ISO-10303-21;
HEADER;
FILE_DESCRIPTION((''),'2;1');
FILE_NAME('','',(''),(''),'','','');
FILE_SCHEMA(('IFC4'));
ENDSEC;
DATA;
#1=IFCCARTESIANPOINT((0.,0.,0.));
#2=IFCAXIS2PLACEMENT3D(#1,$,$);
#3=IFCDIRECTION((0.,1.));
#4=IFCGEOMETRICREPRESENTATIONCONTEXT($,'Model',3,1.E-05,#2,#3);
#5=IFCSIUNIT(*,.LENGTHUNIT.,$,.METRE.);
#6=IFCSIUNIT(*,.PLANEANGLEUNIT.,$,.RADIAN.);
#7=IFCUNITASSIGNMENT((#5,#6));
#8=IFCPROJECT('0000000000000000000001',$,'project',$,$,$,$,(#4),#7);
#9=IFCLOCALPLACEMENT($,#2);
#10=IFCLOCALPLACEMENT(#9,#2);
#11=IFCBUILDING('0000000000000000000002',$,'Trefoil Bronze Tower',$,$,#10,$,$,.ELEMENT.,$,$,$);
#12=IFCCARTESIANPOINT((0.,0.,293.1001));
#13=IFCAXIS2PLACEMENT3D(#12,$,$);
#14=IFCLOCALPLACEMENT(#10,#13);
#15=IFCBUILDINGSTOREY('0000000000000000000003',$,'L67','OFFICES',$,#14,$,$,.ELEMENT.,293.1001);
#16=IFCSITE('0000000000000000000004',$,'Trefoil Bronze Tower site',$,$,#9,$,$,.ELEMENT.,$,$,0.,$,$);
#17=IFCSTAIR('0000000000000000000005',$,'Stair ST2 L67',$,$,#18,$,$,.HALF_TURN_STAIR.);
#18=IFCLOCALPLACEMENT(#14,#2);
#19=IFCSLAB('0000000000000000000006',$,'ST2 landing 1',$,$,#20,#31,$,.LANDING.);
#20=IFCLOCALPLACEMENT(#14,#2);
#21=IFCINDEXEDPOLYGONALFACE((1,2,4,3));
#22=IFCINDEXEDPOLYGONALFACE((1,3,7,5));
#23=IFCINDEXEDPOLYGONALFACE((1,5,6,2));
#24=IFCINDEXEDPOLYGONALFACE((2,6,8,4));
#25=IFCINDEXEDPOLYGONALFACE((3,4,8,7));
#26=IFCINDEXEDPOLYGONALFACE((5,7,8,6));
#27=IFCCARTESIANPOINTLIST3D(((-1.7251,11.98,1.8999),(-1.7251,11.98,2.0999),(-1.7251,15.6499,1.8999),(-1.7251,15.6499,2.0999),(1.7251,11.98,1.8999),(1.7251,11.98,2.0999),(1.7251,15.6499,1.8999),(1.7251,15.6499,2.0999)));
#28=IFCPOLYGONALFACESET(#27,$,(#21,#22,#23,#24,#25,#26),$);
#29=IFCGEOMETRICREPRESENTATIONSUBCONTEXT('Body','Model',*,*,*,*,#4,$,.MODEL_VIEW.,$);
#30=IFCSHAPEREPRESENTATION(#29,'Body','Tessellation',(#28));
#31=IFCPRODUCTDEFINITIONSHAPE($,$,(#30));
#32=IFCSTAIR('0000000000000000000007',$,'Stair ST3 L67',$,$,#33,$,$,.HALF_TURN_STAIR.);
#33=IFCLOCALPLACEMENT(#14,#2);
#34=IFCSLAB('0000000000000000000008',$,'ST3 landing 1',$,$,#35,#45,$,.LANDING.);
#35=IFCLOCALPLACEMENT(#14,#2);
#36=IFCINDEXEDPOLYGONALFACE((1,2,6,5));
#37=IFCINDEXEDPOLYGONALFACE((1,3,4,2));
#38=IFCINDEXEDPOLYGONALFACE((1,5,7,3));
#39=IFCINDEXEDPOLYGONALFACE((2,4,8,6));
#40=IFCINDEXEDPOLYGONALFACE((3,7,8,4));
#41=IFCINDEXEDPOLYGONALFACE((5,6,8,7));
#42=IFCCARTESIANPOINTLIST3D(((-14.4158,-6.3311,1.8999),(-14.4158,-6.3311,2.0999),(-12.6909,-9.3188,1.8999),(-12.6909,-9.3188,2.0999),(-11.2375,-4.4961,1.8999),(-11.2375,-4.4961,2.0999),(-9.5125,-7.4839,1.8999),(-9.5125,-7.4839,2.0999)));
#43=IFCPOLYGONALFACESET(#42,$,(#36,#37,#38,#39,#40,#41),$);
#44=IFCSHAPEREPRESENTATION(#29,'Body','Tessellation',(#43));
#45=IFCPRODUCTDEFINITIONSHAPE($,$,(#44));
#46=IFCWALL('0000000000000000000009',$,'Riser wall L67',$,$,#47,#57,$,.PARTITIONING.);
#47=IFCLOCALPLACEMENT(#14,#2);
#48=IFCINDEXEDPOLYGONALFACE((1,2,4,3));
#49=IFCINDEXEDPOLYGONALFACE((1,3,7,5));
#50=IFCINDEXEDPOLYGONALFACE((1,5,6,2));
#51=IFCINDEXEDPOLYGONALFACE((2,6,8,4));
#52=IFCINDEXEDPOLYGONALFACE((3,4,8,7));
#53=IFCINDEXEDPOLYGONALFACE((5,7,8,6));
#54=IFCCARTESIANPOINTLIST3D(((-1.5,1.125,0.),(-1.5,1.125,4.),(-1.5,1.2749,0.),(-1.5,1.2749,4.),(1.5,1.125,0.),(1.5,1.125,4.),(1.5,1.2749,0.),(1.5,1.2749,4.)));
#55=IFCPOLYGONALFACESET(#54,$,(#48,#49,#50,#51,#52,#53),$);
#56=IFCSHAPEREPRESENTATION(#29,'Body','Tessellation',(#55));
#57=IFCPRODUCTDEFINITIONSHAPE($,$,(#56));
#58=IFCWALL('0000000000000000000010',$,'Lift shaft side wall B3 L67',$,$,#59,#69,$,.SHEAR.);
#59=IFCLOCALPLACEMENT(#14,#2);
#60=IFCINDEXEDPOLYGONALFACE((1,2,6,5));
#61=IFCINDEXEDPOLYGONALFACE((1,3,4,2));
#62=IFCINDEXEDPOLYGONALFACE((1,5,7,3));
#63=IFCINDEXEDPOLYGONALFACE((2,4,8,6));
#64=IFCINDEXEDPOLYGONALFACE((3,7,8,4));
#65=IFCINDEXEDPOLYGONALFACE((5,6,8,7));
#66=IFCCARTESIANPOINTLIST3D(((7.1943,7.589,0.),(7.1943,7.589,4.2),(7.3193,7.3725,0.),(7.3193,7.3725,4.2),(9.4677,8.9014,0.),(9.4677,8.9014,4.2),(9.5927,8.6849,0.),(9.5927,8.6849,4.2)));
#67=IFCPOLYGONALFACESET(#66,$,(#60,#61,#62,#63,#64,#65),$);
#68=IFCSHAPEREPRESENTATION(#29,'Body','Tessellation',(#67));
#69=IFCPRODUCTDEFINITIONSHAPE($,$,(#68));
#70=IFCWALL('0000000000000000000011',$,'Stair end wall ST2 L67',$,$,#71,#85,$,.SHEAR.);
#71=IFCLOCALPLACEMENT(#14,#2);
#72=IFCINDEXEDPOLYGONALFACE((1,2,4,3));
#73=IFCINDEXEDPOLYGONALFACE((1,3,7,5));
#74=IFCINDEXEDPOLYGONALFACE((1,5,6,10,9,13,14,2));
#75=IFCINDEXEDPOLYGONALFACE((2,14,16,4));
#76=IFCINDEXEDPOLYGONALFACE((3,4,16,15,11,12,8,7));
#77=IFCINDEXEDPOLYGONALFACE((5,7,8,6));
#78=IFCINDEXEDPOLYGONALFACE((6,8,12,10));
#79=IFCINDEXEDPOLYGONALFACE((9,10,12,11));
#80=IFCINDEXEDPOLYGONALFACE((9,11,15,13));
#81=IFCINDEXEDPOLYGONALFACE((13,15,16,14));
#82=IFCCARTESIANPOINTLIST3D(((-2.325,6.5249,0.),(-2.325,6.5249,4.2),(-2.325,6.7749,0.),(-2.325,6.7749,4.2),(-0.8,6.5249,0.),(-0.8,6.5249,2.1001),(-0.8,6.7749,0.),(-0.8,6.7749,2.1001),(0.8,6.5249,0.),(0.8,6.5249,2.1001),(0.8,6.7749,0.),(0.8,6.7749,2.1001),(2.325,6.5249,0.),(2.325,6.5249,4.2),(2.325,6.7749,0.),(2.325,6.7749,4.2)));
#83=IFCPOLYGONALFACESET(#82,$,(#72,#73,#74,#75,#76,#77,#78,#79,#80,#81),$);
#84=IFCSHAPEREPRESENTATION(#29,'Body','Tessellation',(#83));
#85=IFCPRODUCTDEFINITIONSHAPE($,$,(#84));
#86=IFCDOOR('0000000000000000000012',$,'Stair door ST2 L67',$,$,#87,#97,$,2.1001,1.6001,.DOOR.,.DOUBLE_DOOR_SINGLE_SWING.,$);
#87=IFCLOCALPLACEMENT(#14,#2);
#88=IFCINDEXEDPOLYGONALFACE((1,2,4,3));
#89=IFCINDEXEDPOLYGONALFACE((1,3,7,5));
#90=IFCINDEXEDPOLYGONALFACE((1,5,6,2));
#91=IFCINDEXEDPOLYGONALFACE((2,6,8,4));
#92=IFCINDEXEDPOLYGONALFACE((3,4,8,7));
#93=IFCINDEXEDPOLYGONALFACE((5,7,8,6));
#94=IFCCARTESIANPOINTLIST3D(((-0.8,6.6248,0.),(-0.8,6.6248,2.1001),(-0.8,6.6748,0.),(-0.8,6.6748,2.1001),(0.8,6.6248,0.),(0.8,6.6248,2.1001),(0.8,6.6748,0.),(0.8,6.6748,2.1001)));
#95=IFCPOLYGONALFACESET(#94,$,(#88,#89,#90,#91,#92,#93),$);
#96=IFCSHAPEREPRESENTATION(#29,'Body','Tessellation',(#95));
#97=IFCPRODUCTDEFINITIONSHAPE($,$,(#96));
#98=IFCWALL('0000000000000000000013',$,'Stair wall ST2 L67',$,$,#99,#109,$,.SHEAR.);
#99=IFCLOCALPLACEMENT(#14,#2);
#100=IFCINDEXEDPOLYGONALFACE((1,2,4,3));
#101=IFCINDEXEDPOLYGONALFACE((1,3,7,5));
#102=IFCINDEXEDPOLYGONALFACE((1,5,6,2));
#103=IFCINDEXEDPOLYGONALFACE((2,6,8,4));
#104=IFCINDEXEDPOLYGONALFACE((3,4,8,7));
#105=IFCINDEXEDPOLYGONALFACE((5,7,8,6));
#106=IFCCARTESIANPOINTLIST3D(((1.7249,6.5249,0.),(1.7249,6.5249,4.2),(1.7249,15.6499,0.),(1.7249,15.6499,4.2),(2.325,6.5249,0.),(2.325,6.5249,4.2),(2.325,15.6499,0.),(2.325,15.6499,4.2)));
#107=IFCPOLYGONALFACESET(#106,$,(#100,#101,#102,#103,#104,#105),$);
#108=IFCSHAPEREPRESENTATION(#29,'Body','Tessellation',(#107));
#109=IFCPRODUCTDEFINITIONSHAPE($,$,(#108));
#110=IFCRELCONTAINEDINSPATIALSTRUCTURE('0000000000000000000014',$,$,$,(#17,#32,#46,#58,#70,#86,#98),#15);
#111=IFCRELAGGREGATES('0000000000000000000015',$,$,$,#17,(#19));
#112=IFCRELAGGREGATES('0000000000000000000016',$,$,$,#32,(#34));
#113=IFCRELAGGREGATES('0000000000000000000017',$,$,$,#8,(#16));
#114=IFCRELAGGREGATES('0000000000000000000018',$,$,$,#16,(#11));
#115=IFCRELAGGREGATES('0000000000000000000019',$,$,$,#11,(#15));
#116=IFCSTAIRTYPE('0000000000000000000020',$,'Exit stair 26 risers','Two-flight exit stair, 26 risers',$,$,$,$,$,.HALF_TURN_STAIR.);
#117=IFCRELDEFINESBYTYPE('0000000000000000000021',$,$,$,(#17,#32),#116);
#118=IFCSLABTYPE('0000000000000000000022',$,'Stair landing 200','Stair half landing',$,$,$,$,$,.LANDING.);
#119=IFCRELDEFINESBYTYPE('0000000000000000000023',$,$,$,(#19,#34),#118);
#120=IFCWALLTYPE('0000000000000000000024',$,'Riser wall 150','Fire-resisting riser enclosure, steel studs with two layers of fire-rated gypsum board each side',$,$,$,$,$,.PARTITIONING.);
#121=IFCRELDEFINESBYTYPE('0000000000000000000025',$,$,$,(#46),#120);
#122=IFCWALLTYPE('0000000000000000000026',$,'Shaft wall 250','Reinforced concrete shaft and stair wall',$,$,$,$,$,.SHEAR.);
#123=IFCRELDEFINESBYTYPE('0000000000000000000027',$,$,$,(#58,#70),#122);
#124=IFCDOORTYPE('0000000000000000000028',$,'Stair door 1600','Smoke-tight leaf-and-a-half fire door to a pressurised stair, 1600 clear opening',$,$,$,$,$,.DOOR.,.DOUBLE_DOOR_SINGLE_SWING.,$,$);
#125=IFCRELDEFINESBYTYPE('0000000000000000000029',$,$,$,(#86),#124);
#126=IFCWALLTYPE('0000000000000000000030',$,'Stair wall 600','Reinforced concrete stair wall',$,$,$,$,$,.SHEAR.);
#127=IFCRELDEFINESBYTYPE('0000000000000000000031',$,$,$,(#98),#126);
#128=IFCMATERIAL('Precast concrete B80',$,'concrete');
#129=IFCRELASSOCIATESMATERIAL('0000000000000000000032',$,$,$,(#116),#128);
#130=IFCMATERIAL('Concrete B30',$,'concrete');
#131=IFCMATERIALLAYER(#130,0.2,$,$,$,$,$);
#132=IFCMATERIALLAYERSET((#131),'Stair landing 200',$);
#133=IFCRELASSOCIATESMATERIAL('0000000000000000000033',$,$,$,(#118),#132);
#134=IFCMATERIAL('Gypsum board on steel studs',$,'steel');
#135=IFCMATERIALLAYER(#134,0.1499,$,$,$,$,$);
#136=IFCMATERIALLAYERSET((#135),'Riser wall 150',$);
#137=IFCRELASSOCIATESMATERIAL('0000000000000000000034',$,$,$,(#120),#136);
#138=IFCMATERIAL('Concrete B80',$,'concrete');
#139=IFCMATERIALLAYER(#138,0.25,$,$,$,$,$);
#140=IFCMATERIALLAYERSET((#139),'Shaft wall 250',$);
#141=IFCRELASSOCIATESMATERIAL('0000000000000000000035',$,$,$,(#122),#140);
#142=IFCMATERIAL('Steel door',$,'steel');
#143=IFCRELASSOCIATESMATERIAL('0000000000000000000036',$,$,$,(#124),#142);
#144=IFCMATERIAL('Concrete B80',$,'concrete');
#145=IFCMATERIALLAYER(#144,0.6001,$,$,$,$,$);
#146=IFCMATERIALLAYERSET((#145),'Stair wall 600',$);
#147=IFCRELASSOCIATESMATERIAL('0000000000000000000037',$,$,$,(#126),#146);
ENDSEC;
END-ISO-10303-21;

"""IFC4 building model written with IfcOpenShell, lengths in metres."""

from ifc_helpers import new_model, si_unit, direction, frame, frame_2d, origin, place, context, subcontext, project, spatial, polyline, rectangle, outline, extrude, material, layer, layer_set, type_object, element, fill, aggregate, save


model = new_model("IFC4")

# Units and contexts
model_context = context("Model", 3, precision=1e-05, world=origin(), true_north=direction((0.0, 1.0)))
body_context = subcontext(model_context, "Body", "Model", "MODEL_VIEW")
ifc_project = project(units=[si_unit("LENGTHUNIT", "METRE"), si_unit("PLANEANGLEUNIT", "RADIAN")], contexts=[model_context])

# Site, building, storey
site_placement = place(None, origin())
site = spatial("IfcSite", under=ifc_project, at=site_placement, Name="Trefoil Bronze Tower site", CompositionType="ELEMENT", RefElevation=0.0)
building_placement = place(site_placement, origin())
building = spatial("IfcBuilding", under=site, at=building_placement, Name="Trefoil Bronze Tower", CompositionType="ELEMENT")
storey_placement = place(building_placement, frame((0.0, 0.0, 293.1001)))
storey = spatial("IfcBuildingStorey", under=building, at=storey_placement, Name="L67", Description="OFFICES", CompositionType="ELEMENT", Elevation=293.1001)

# Stairs, slabs
ifc_material_1 = material(Name="Precast concrete B80", Category="concrete")
stair_type = type_object("IfcStairType", Name="Exit stair 26 risers", Description="Two-flight exit stair, 26 risers", PredefinedType="HALF_TURN_STAIR", material=ifc_material_1)
stair_1_placement = place(storey_placement, origin())
stair_1 = element("IfcStair", 1, at=stair_1_placement, inside=storey, type_object=stair_type, Name="Stair ST2 L67", PredefinedType="HALF_TURN_STAIR")
ifc_material_2 = material(Name="Concrete B30", Category="concrete")
ifc_layer_1 = layer(ifc_material_2, 0.2)
ifc_layer_set_1 = layer_set([ifc_layer_1], Name="Stair landing 200")
slab_type = type_object("IfcSlabType", Name="Stair landing 200", Description="Stair half landing", PredefinedType="LANDING", material=ifc_layer_set_1)
slab_1_placement = place(storey_placement, frame((0.0, 0.0, 1.8999)))
slab_1 = element("IfcSlab", 2, at=slab_1_placement, type_object=slab_type, Name="ST2 landing 1", PredefinedType="LANDING", context=body_context, shape_type="SweptSolid", body=[
    extrude(outline(polyline([(1.7251, 11.98), (1.7251, 15.6499), (-1.7251, 15.6499), (-1.7251, 11.98), (1.7251, 11.98)])), origin(), (0.0, 0.0, 1.0), 0.2),
])
aggregate(stair_1, [slab_1])
stair_2_placement = place(storey_placement, origin())
stair_2 = element("IfcStair", 3, at=stair_2_placement, inside=storey, type_object=stair_type, Name="Stair ST3 L67", PredefinedType="HALF_TURN_STAIR")
slab_2_placement = place(storey_placement, frame((0.0, 0.0, 1.8999)))
slab_2 = element("IfcSlab", 4, at=slab_2_placement, type_object=slab_type, Name="ST3 landing 1", PredefinedType="LANDING", context=body_context, shape_type="SweptSolid", body=[
    extrude(outline(polyline([(-11.2375, -4.4961), (-14.4158, -6.3311), (-12.6909, -9.3188), (-9.5125, -7.4839), (-11.2375, -4.4961)])), origin(), (0.0, 0.0, 1.0), 0.2),
])
aggregate(stair_2, [slab_2])

# Walls
ifc_material_3 = material(Name="Gypsum board on steel studs", Category="steel")
ifc_layer_2 = layer(ifc_material_3, 0.1499)
ifc_layer_set_2 = layer_set([ifc_layer_2], Name="Riser wall 150")
wall_type_1 = type_object("IfcWallType", Name="Riser wall 150", Description="Fire-resisting riser enclosure, steel studs with two layers of fire-rated gypsum board each side", PredefinedType="PARTITIONING", material=ifc_layer_set_2)
wall_1_placement = place(storey_placement, frame((1.5, 1.2, 0.0), z_axis=(0.0, 0.0, 1.0), x_axis=(-1.0, 0.0, 0.0)))
element("IfcWall", 5, at=wall_1_placement, inside=storey, type_object=wall_type_1, Name="Riser wall L67", PredefinedType="PARTITIONING", context=body_context, shape_type="SweptSolid", body=[
    extrude(rectangle(XDim=3.0, YDim=0.1499, at=frame_2d((1.5, 0.0))), origin(), (0.0, 0.0, 1.0), 4.0),
])
ifc_material_4 = material(Name="Concrete B80", Category="concrete")
ifc_layer_3 = layer(ifc_material_4, 0.25)
ifc_layer_set_3 = layer_set([ifc_layer_3], Name="Shaft wall 250")
wall_type_2 = type_object("IfcWallType", Name="Shaft wall 250", Description="Reinforced concrete shaft and stair wall", PredefinedType="SHEAR", material=ifc_layer_set_3)
wall_2_placement = place(storey_placement, frame((7.2568, 7.4807, 0.0), z_axis=(0.0, 0.0, 1.0), x_axis=(0.866037, 0.49998, 0.0)))
element("IfcWall", 6, at=wall_2_placement, inside=storey, type_object=wall_type_2, Name="Lift shaft side wall B3 L67", PredefinedType="SHEAR", context=body_context, shape_type="SweptSolid", body=[
    extrude(rectangle(XDim=2.625, YDim=0.25, at=frame_2d((1.3125, 0.0))), origin(), (0.0, 0.0, 1.0), 4.2),
])

# Wall, opening, door
wall_3_placement = place(storey_placement, frame((2.325, 6.6499, 0.0), z_axis=(0.0, 0.0, 1.0), x_axis=(-1.0, 0.0, 0.0)))
wall_3 = element("IfcWall", 7, at=wall_3_placement, inside=storey, type_object=wall_type_2, Name="Stair end wall ST2 L67", PredefinedType="SHEAR", context=body_context, shape_type="SweptSolid", body=[
    extrude(rectangle(XDim=4.6499, YDim=0.25, at=frame_2d((2.325, 0.0))), origin(), (0.0, 0.0, 1.0), 4.2),
])
opening_placement = place(wall_3_placement, frame((1.5249, 0.0, 0.0)))
opening = element("IfcOpeningElement", 8, at=opening_placement, cuts=wall_3, PredefinedType="OPENING", context=body_context, shape_type="SweptSolid", body=[
    extrude(rectangle(XDim=1.6001, YDim=2.1001, at=frame_2d((0.8, 1.05))), frame((0.0, 0.135, 0.0), z_axis=(0.0, -1.0, 0.0), x_axis=(1.0, 0.0, 0.0)), (0.0, 0.0, 1.0), 0.27),
])
ifc_material_5 = material(Name="Steel door", Category="steel")
door_type = type_object("IfcDoorType", Name="Stair door 1600", Description="Smoke-tight leaf-and-a-half fire door to a pressurised stair, 1600 clear opening", OperationType="DOUBLE_DOOR_SINGLE_SWING", PredefinedType="DOOR", material=ifc_material_5)
door_placement = place(opening_placement, frame((1.6001, 0.0, 0.0), z_axis=(0.0, 0.0, 1.0), x_axis=(-1.0, 0.0, 0.0)))
door = element("IfcDoor", 9, at=door_placement, inside=storey, type_object=door_type, Name="Stair door ST2 L67", OperationType="DOUBLE_DOOR_SINGLE_SWING", OverallHeight=2.1001, OverallWidth=1.6001, PredefinedType="DOOR", context=body_context, shape_type="SweptSolid", body=[
    extrude(rectangle(XDim=1.6001, YDim=2.1001, at=frame_2d((0.8, 1.05))), frame((0.0, 0.0249, 0.0), z_axis=(0.0, -1.0, 0.0), x_axis=(1.0, 0.0, 0.0)), (0.0, 0.0, 1.0), 0.05),
])
fill(opening, door)

# Wall
ifc_material_6 = material(Name="Concrete B80", Category="concrete")
ifc_layer_4 = layer(ifc_material_6, 0.6001)
ifc_layer_set_4 = layer_set([ifc_layer_4], Name="Stair wall 600")
wall_type_3 = type_object("IfcWallType", Name="Stair wall 600", Description="Reinforced concrete stair wall", PredefinedType="SHEAR", material=ifc_layer_set_4)
wall_4_placement = place(storey_placement, frame((2.0249, 6.5249, 0.0), z_axis=(0.0, 0.0, 1.0), x_axis=(0.0, 1.0, 0.0)))
element("IfcWall", 10, at=wall_4_placement, inside=storey, type_object=wall_type_3, Name="Stair wall ST2 L67", PredefinedType="SHEAR", context=body_context, shape_type="SweptSolid", body=[
    extrude(rectangle(XDim=9.125, YDim=0.6001, at=frame_2d((4.5625, 0.0))), origin(), (0.0, 0.0, 1.0), 4.2),
])

save(model, "model.ifc")
